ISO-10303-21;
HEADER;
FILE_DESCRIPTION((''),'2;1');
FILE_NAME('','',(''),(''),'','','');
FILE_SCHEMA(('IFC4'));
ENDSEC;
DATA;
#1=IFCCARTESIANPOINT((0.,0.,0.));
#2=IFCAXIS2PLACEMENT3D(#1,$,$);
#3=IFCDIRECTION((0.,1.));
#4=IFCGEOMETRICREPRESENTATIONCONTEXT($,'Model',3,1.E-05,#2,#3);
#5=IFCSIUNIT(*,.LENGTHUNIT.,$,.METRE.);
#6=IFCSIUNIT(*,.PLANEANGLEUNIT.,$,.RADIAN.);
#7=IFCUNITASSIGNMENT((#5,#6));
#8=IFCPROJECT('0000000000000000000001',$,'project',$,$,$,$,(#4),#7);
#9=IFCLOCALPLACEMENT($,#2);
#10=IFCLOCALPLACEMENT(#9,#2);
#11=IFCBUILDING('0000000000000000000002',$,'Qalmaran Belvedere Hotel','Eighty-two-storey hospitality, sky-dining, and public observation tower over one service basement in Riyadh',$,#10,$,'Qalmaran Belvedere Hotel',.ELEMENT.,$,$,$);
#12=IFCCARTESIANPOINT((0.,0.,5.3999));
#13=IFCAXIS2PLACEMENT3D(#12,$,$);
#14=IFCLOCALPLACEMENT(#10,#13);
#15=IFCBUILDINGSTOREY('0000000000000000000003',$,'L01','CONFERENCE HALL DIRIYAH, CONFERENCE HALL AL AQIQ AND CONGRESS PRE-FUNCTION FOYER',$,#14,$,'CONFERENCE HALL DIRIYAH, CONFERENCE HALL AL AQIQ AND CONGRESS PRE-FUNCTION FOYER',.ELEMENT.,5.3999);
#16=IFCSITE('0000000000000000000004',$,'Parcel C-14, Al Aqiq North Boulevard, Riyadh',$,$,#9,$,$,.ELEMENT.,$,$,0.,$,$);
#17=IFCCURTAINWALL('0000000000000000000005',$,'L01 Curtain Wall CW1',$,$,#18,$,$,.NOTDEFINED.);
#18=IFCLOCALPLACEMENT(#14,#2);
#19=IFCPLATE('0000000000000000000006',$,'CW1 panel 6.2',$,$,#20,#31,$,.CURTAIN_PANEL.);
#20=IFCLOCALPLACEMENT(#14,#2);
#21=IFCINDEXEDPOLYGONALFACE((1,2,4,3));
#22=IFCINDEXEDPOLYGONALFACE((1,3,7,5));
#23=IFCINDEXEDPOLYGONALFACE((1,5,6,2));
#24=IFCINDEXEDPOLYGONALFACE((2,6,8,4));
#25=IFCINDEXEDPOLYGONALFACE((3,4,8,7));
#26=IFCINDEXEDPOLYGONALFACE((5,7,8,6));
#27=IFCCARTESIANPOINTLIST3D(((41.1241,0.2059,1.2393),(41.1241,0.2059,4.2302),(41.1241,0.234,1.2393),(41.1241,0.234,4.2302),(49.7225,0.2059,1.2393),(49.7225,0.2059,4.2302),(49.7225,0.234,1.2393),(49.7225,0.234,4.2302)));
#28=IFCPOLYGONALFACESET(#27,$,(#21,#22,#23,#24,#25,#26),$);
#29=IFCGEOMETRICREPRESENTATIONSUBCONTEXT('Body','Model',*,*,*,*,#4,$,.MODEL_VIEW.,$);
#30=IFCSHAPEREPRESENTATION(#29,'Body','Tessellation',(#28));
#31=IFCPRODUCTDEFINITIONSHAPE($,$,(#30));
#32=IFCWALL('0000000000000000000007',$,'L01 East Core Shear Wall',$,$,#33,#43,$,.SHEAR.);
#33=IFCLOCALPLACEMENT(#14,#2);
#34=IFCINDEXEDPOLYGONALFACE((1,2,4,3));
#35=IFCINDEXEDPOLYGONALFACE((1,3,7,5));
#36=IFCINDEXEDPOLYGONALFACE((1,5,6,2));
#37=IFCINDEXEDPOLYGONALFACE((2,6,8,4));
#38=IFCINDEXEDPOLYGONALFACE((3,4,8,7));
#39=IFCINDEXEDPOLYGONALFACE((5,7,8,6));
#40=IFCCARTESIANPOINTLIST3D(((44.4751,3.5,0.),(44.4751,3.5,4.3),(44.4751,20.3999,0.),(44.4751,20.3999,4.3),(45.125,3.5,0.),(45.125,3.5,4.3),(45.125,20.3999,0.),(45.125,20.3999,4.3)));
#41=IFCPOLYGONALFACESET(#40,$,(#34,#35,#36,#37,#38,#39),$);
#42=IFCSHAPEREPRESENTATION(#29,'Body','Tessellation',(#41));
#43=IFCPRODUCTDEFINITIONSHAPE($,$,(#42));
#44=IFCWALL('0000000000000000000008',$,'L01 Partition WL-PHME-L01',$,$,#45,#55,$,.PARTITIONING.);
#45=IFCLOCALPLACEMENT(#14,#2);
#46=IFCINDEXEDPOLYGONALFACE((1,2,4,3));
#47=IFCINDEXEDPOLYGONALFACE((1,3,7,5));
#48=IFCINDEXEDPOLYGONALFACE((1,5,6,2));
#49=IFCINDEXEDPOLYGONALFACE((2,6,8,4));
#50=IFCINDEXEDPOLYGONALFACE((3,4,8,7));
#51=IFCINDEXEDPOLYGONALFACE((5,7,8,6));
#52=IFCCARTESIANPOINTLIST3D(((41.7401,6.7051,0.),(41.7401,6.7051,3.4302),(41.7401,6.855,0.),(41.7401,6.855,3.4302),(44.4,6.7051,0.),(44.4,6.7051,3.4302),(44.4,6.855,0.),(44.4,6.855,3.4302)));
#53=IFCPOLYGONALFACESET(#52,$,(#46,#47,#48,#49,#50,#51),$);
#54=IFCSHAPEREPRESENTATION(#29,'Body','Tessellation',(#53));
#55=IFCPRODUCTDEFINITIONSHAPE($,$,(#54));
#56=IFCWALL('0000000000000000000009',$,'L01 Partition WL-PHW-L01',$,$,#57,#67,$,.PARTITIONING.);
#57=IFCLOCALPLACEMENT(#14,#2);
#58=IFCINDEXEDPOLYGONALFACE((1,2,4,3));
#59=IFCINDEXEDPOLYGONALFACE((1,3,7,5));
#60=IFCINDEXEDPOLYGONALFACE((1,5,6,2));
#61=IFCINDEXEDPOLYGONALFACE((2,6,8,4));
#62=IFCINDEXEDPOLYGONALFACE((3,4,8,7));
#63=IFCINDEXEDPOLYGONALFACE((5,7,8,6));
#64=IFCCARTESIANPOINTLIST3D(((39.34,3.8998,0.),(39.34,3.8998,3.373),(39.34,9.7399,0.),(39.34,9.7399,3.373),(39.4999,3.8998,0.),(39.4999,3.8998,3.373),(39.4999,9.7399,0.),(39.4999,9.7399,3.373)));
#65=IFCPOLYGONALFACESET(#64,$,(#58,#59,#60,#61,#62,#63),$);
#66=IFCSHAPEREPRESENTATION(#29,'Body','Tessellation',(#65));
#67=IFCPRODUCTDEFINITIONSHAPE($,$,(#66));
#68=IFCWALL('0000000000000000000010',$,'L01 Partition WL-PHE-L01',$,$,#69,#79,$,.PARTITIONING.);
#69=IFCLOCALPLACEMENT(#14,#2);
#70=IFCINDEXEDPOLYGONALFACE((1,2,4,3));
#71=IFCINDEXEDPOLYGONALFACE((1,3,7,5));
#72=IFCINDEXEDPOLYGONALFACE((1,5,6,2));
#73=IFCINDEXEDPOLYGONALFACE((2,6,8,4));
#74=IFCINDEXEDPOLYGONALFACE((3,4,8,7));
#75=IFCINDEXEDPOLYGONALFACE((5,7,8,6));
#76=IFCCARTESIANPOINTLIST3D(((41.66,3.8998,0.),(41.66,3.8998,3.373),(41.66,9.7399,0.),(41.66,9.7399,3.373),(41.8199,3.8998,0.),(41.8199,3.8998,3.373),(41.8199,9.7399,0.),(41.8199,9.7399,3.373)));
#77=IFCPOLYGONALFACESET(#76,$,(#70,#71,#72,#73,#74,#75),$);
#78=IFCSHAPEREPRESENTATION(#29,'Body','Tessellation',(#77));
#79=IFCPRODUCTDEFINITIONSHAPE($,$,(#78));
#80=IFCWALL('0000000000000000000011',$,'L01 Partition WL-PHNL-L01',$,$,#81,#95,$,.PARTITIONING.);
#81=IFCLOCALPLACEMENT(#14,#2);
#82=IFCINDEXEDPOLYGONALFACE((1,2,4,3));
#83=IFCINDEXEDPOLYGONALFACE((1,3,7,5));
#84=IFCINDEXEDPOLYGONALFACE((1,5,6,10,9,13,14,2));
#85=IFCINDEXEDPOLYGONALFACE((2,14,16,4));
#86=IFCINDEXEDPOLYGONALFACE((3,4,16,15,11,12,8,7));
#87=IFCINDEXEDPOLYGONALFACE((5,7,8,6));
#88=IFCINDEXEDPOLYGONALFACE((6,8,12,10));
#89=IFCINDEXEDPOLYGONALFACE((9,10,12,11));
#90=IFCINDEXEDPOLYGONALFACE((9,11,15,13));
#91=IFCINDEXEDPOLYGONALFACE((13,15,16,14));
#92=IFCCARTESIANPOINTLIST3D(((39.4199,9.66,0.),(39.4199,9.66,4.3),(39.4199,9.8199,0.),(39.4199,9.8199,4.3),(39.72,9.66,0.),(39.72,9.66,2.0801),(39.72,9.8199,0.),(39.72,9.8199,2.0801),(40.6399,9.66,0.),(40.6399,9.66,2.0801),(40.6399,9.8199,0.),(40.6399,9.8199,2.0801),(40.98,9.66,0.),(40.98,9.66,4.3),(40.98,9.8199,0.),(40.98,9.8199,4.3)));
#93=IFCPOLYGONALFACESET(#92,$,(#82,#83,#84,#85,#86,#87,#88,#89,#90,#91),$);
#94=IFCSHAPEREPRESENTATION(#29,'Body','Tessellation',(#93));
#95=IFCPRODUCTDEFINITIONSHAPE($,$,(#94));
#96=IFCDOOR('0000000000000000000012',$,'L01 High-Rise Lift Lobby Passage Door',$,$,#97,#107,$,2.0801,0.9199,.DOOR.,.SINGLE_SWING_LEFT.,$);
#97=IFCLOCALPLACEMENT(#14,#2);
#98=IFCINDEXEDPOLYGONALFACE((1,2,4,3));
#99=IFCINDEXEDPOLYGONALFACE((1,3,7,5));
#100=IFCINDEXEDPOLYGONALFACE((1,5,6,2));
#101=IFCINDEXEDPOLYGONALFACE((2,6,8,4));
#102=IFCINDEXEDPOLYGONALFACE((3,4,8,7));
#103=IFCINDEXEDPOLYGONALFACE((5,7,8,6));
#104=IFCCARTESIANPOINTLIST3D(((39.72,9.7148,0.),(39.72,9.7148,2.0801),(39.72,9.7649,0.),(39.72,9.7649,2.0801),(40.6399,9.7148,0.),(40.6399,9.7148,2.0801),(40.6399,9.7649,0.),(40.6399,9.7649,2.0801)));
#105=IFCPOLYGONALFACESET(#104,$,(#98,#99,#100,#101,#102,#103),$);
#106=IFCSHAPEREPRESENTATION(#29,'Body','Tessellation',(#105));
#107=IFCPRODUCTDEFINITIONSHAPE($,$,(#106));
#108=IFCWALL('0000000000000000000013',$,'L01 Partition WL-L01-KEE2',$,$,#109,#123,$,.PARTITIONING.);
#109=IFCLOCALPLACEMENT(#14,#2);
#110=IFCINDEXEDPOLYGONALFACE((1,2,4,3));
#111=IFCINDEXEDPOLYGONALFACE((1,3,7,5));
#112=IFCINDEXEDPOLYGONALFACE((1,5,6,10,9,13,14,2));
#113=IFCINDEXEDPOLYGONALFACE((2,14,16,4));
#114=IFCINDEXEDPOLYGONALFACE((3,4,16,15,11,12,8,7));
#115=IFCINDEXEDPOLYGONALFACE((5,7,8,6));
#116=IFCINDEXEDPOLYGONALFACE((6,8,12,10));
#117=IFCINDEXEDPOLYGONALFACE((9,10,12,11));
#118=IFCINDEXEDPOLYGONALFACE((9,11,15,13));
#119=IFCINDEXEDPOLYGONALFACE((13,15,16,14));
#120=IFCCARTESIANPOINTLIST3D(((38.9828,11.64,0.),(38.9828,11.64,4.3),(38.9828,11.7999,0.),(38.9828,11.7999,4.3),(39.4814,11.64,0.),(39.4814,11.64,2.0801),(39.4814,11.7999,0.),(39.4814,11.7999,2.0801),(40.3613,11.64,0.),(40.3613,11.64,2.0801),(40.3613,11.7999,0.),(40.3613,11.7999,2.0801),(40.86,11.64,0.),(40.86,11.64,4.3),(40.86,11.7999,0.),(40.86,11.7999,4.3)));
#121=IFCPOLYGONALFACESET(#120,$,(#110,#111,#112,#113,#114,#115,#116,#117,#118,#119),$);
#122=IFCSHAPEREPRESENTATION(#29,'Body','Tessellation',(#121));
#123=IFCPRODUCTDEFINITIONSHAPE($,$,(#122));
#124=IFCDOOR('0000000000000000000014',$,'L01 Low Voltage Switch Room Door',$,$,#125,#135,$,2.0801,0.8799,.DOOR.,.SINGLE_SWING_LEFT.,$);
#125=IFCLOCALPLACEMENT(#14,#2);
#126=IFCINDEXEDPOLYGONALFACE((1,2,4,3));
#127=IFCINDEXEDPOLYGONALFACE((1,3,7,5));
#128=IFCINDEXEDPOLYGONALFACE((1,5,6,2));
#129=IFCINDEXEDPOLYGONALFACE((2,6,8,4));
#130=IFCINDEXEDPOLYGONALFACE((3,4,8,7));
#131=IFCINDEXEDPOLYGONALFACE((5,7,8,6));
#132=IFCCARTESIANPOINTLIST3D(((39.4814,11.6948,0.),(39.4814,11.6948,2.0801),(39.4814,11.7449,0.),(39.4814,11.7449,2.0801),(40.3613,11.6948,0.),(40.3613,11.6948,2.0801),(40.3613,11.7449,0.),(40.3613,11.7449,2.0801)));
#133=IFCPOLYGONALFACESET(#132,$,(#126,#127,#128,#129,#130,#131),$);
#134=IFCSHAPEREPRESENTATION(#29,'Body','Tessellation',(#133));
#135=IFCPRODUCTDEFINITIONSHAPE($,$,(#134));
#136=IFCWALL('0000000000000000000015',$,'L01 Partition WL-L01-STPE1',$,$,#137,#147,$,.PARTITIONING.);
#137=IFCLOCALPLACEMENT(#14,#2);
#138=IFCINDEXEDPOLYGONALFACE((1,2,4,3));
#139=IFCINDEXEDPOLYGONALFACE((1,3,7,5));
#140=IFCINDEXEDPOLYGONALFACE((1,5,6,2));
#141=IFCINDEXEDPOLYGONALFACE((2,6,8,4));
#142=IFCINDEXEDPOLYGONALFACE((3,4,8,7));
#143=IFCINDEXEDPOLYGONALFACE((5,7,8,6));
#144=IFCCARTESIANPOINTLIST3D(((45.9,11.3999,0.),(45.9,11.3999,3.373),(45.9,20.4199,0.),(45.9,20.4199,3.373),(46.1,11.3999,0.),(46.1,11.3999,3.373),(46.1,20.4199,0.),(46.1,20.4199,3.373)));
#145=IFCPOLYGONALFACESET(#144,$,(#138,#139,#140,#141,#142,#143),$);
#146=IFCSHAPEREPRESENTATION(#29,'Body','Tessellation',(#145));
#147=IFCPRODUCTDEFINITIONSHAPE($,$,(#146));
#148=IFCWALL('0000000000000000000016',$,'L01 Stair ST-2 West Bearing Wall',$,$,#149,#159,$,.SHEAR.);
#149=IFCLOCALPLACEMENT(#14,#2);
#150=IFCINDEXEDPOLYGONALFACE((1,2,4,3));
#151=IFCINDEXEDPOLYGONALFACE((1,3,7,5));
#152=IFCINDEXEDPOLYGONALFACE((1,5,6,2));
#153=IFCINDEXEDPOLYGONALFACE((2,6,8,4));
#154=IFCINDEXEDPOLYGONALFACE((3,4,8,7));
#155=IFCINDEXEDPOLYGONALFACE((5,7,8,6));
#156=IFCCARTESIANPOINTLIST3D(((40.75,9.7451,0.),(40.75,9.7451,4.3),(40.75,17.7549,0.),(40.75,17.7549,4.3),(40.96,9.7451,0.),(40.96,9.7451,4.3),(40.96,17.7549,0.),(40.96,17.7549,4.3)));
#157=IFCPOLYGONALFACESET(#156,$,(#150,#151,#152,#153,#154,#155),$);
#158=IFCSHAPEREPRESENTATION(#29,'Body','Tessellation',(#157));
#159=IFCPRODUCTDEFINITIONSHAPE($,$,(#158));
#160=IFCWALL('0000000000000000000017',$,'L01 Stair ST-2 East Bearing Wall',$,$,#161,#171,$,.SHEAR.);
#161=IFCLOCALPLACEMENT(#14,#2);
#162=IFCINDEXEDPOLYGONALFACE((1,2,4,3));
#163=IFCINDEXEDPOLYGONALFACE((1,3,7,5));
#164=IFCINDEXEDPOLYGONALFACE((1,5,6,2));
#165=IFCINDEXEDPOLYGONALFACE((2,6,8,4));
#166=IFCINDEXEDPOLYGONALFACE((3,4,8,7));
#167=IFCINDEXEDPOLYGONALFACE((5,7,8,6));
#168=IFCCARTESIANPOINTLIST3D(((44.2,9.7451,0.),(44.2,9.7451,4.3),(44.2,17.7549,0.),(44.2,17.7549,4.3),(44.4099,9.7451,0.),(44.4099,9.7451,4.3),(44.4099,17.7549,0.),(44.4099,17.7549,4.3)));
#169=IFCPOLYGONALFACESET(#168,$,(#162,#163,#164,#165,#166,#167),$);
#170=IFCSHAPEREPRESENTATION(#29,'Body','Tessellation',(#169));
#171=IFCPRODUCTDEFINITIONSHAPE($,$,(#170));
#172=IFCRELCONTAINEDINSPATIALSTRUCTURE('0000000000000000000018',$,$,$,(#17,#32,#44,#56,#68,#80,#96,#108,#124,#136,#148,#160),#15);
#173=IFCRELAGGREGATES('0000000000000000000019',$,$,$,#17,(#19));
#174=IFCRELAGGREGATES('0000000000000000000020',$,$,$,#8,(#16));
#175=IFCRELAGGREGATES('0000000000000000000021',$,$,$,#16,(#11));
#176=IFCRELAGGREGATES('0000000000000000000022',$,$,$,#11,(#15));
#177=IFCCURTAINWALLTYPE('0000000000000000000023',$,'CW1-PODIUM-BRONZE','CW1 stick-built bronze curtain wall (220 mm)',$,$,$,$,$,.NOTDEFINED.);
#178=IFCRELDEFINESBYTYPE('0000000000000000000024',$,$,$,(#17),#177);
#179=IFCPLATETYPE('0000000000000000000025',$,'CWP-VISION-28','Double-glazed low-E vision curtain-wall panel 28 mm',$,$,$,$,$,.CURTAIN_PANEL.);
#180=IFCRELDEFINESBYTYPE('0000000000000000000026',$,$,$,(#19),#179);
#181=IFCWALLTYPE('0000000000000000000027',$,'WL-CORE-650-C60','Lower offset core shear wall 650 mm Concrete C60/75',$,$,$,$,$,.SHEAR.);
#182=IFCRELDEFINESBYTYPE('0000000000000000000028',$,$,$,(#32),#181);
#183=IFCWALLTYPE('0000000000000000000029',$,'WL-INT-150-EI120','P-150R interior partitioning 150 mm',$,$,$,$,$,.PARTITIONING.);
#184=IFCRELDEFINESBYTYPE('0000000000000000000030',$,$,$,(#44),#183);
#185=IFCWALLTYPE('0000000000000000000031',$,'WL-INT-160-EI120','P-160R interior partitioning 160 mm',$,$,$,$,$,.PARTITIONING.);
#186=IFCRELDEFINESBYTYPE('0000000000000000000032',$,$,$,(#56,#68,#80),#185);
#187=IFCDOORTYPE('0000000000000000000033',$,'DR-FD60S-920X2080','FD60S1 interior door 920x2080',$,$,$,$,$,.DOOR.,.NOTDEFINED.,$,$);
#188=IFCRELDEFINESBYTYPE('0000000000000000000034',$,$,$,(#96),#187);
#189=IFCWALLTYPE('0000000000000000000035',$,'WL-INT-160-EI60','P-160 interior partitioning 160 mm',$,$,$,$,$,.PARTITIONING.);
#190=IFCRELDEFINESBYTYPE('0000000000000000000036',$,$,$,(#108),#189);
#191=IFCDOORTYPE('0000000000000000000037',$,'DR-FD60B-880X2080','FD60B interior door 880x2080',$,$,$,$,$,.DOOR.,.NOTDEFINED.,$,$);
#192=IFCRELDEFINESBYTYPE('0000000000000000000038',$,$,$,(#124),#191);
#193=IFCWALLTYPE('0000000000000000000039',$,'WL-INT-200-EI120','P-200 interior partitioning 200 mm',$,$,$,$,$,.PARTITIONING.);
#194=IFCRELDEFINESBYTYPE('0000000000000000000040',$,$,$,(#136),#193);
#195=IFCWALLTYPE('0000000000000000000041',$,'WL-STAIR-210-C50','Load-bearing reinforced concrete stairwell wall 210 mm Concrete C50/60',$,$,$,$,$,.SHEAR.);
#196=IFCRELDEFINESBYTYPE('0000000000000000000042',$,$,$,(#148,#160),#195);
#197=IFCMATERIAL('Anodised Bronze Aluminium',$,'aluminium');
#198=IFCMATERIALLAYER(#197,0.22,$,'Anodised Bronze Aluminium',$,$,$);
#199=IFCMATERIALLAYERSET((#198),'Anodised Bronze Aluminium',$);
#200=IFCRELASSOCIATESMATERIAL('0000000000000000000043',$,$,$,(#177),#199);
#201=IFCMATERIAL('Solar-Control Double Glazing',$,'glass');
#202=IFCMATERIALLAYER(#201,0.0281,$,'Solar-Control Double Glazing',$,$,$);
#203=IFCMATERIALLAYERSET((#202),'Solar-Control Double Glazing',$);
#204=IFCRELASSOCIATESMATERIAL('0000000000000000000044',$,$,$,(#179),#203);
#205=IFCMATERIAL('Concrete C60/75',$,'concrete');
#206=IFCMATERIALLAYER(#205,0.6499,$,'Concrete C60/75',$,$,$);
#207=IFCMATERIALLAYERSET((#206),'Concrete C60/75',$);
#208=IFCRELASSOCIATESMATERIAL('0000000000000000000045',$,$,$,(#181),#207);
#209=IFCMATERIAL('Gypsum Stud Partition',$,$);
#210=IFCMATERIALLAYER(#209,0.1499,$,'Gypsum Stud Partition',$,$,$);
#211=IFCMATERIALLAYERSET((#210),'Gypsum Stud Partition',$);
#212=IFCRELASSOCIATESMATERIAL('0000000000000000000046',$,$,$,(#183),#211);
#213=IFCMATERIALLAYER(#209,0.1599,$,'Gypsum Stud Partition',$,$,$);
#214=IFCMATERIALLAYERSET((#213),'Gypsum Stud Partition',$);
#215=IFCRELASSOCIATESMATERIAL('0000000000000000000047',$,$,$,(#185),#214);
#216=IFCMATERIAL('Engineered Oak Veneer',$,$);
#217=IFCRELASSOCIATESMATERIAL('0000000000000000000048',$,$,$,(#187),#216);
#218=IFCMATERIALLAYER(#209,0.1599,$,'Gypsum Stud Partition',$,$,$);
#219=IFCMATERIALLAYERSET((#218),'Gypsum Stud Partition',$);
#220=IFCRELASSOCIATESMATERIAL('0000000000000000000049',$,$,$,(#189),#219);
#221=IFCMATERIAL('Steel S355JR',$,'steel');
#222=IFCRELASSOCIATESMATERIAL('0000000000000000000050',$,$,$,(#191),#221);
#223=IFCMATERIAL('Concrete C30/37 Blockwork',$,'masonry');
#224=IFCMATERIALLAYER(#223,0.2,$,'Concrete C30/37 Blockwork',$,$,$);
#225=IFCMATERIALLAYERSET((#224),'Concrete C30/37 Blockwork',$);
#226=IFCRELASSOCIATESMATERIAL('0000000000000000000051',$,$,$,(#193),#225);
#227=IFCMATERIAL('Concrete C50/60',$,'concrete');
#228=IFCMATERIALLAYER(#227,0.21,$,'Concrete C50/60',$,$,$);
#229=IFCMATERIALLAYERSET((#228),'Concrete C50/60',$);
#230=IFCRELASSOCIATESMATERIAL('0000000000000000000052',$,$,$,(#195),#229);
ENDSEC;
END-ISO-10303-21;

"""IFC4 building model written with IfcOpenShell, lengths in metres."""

from ifc_helpers import new_model, si_unit, direction, frame, frame_2d, origin, origin_2d, place, context, subcontext, project, spatial, rectangle, extrude, material, layer, layer_set, type_object, element, fill, aggregate, save


model = new_model("IFC4")

# Units and contexts
model_context = context("Model", 3, precision=1e-05, world=origin(), true_north=direction((0.0, 1.0)))
body_context = subcontext(model_context, "Body", "Model", "MODEL_VIEW")
ifc_project = project(units=[si_unit("LENGTHUNIT", "METRE"), si_unit("PLANEANGLEUNIT", "RADIAN")], contexts=[model_context])

# Site, building, storey
site_placement = place(None, origin())
site = spatial("IfcSite", under=ifc_project, at=site_placement, Name="Parcel C-14, Al Aqiq North Boulevard, Riyadh", CompositionType="ELEMENT", RefElevation=0.0)
building_placement = place(site_placement, origin())
building = spatial("IfcBuilding", under=site, at=building_placement, Name="Qalmaran Belvedere Hotel", Description="Eighty-two-storey hospitality, sky-dining, and public observation tower over one service basement in Riyadh", LongName="Qalmaran Belvedere Hotel", CompositionType="ELEMENT")
storey_placement = place(building_placement, frame((0.0, 0.0, 5.3999)))
storey = spatial("IfcBuildingStorey", under=building, at=storey_placement, Name="L01", Description="CONFERENCE HALL DIRIYAH, CONFERENCE HALL AL AQIQ AND CONGRESS PRE-FUNCTION FOYER", LongName="CONFERENCE HALL DIRIYAH, CONFERENCE HALL AL AQIQ AND CONGRESS PRE-FUNCTION FOYER", CompositionType="ELEMENT", Elevation=5.3999)

# Shared definitions
ifc_material_1 = material(Name="Concrete C60/75", Category="concrete")

# Shared definitions
ifc_material_2 = material(Name="Steel S355JR", Category="steel")

# Curtain wall, plate
ifc_material_3 = material(Name="Anodised Bronze Aluminium", Category="aluminium")
ifc_layer_1 = layer(ifc_material_3, 0.22, Name="Anodised Bronze Aluminium")
ifc_layer_set_1 = layer_set([ifc_layer_1], Name="Anodised Bronze Aluminium")
curtain_wall_type = type_object("IfcCurtainWallType", Name="CW1-PODIUM-BRONZE", Description="CW1 stick-built bronze curtain wall (220 mm)", PredefinedType="NOTDEFINED", material=ifc_layer_set_1)
curtain_wall_placement = place(storey_placement, origin())
curtain_wall = element("IfcCurtainWall", 1, at=curtain_wall_placement, inside=storey, type_object=curtain_wall_type, Name="L01 Curtain Wall CW1", PredefinedType="NOTDEFINED")
ifc_material_4 = material(Name="Solar-Control Double Glazing", Category="glass")
ifc_layer_2 = layer(ifc_material_4, 0.0281, Name="Solar-Control Double Glazing")
ifc_layer_set_2 = layer_set([ifc_layer_2], Name="Solar-Control Double Glazing")
plate_type_1 = type_object("IfcPlateType", Name="CWP-VISION-28", Description="Double-glazed low-E vision curtain-wall panel 28 mm", PredefinedType="CURTAIN_PANEL", material=ifc_layer_set_2)
plate_1_placement = place(storey_placement, frame((45.4233, 0.22, 1.2393), z_axis=(0.0, 0.0, 1.0), x_axis=(1.0, 0.0, 0.0)))
plate_1 = element("IfcPlate", 2, at=plate_1_placement, type_object=plate_type_1, Name="CW1 panel 6.2", PredefinedType="CURTAIN_PANEL", context=body_context, shape_type="SweptSolid", body=[
    extrude(rectangle(XDim=8.5984, YDim=0.0281, at=origin_2d()), origin(), (0.0, 0.0, 1.0), 2.991),
])
aggregate(curtain_wall, [plate_1])

# Walls
ifc_layer_3 = layer(ifc_material_1, 0.6499, Name="Concrete C60/75")
ifc_layer_set_3 = layer_set([ifc_layer_3], Name="Concrete C60/75")
wall_type_1 = type_object("IfcWallType", Name="WL-CORE-650-C60", Description="Lower offset core shear wall 650 mm Concrete C60/75", PredefinedType="SHEAR", material=ifc_layer_set_3)
wall_1_placement = place(storey_placement, frame((44.8, 3.5, 0.0), z_axis=(0.0, 0.0, 1.0), x_axis=(0.0, 1.0, 0.0)))
element("IfcWall", 3, at=wall_1_placement, inside=storey, type_object=wall_type_1, Name="L01 East Core Shear Wall", PredefinedType="SHEAR", context=body_context, shape_type="SweptSolid", body=[
    extrude(rectangle(XDim=16.8999, YDim=0.6499, at=frame_2d((8.45, 0.0))), origin(), (0.0, 0.0, 1.0), 4.3),
])
ifc_material_5 = material(Name="Gypsum Stud Partition")
ifc_layer_4 = layer(ifc_material_5, 0.1499, Name="Gypsum Stud Partition")
ifc_layer_set_4 = layer_set([ifc_layer_4], Name="Gypsum Stud Partition")
wall_type_2 = type_object("IfcWallType", Name="WL-INT-150-EI120", Description="P-150R interior partitioning 150 mm", PredefinedType="PARTITIONING", material=ifc_layer_set_4)
wall_2_placement = place(storey_placement, frame((41.74, 6.78, 0.0), z_axis=(0.0, 0.0, 1.0), x_axis=(1.0, 0.0, 0.0)))
element("IfcWall", 4, at=wall_2_placement, inside=storey, type_object=wall_type_2, Name="L01 Partition WL-PHME-L01", PredefinedType="PARTITIONING", context=body_context, shape_type="SweptSolid", body=[
    extrude(rectangle(XDim=2.6599, YDim=0.1499, at=frame_2d((1.3301, 0.0))), origin(), (0.0, 0.0, 1.0), 3.4302),
])
ifc_layer_5 = layer(ifc_material_5, 0.1599, Name="Gypsum Stud Partition")
ifc_layer_set_5 = layer_set([ifc_layer_5], Name="Gypsum Stud Partition")
wall_type_3 = type_object("IfcWallType", Name="WL-INT-160-EI120", Description="P-160R interior partitioning 160 mm", PredefinedType="PARTITIONING", material=ifc_layer_set_5)
for number, where, z_axis, x_axis, name in (
    (5, (39.4199, 3.8999, 0.0), (0.0, 0.0, 1.0), (0.0, 1.0, 0.0), "L01 Partition WL-PHW-L01"),
    (6, (41.74, 3.8999, 0.0), (0.0, 0.0, 1.0), (0.0, 1.0, 0.0), "L01 Partition WL-PHE-L01"),
):
    element("IfcWall", number, at=place(storey_placement, frame(where, z_axis=z_axis, x_axis=x_axis)), inside=storey, type_object=wall_type_3, Name=name, PredefinedType="PARTITIONING", context=body_context, shape_type="SweptSolid", body=[
        extrude(rectangle(XDim=5.8401, YDim=0.1599, at=frame_2d((2.9199, 0.0))), origin(), (0.0, 0.0, 1.0), 3.373),
    ])

# Walls, openings, doors
wall_3_placement = place(storey_placement, frame((39.4199, 9.74, 0.0), z_axis=(0.0, 0.0, 1.0), x_axis=(1.0, 0.0, 0.0)))
wall_3 = element("IfcWall", 7, at=wall_3_placement, inside=storey, type_object=wall_type_3, Name="L01 Partition WL-PHNL-L01", PredefinedType="PARTITIONING", context=body_context, shape_type="SweptSolid", body=[
    extrude(rectangle(XDim=1.5601, YDim=0.1599, at=frame_2d((0.78, 0.0))), origin(), (0.0, 0.0, 1.0), 4.3),
])
opening_1_placement = place(wall_3_placement, frame((0.3, 0.0, 0.0)))
opening_1 = element("IfcOpeningElement", 8, at=opening_1_placement, cuts=wall_3, PredefinedType="OPENING", context=body_context, shape_type="SweptSolid", body=[
    extrude(rectangle(XDim=0.9199, YDim=2.0801, at=frame_2d((0.46, 1.04))), frame((0.0, 0.0898, 0.0), z_axis=(0.0, -1.0, 0.0), x_axis=(1.0, 0.0, 0.0)), (0.0, 0.0, 1.0), 0.1799),
])
ifc_material_6 = material(Name="Engineered Oak Veneer")
door_type_1 = type_object("IfcDoorType", Name="DR-FD60S-920X2080", Description="FD60S1 interior door 920x2080", OperationType="NOTDEFINED", PredefinedType="DOOR", material=ifc_material_6)
door_1_placement = place(opening_1_placement, origin())
door_1 = element("IfcDoor", 9, at=door_1_placement, inside=storey, type_object=door_type_1, Name="L01 High-Rise Lift Lobby Passage Door", OperationType="SINGLE_SWING_LEFT", OverallHeight=2.0801, OverallWidth=0.9199, PredefinedType="DOOR", context=body_context, shape_type="SweptSolid", body=[
    extrude(rectangle(XDim=0.9199, YDim=2.0801, at=frame_2d((0.46, 1.04))), frame((0.0, 0.0249, 0.0), z_axis=(0.0, -1.0, 0.0), x_axis=(1.0, 0.0, 0.0)), (0.0, 0.0, 1.0), 0.05),
])
fill(opening_1, door_1)
ifc_layer_6 = layer(ifc_material_5, 0.1599, Name="Gypsum Stud Partition")
ifc_layer_set_6 = layer_set([ifc_layer_6], Name="Gypsum Stud Partition")
wall_type_4 = type_object("IfcWallType", Name="WL-INT-160-EI60", Description="P-160 interior partitioning 160 mm", PredefinedType="PARTITIONING", material=ifc_layer_set_6)
wall_4_placement = place(storey_placement, frame((38.9829, 11.72, 0.0), z_axis=(0.0, 0.0, 1.0), x_axis=(1.0, 0.0, 0.0)))
wall_4 = element("IfcWall", 10, at=wall_4_placement, inside=storey, type_object=wall_type_4, Name="L01 Partition WL-L01-KEE2", PredefinedType="PARTITIONING", context=body_context, shape_type="SweptSolid", body=[
    extrude(rectangle(XDim=1.8772, YDim=0.1599, at=frame_2d((0.9385, 0.0))), origin(), (0.0, 0.0, 1.0), 4.3),
])
opening_2_placement = place(wall_4_placement, frame((0.4985, 0.0, 0.0)))
opening_2 = element("IfcOpeningElement", 11, at=opening_2_placement, cuts=wall_4, PredefinedType="OPENING", context=body_context, shape_type="SweptSolid", body=[
    extrude(rectangle(XDim=0.8799, YDim=2.0801, at=frame_2d((0.4399, 1.04))), frame((0.0, 0.0898, 0.0), z_axis=(0.0, -1.0, 0.0), x_axis=(1.0, 0.0, 0.0)), (0.0, 0.0, 1.0), 0.1799),
])
door_type_2 = type_object("IfcDoorType", Name="DR-FD60B-880X2080", Description="FD60B interior door 880x2080", OperationType="NOTDEFINED", PredefinedType="DOOR", material=ifc_material_2)
door_2_placement = place(opening_2_placement, origin())
door_2 = element("IfcDoor", 12, at=door_2_placement, inside=storey, type_object=door_type_2, Name="L01 Low Voltage Switch Room Door", OperationType="SINGLE_SWING_LEFT", OverallHeight=2.0801, OverallWidth=0.8799, PredefinedType="DOOR", context=body_context, shape_type="SweptSolid", body=[
    extrude(rectangle(XDim=0.8799, YDim=2.0801, at=frame_2d((0.4399, 1.04))), frame((0.0, 0.0249, 0.0), z_axis=(0.0, -1.0, 0.0), x_axis=(1.0, 0.0, 0.0)), (0.0, 0.0, 1.0), 0.05),
])
fill(opening_2, door_2)

# Walls
ifc_material_7 = material(Name="Concrete C30/37 Blockwork", Category="masonry")
ifc_layer_7 = layer(ifc_material_7, 0.2, Name="Concrete C30/37 Blockwork")
ifc_layer_set_7 = layer_set([ifc_layer_7], Name="Concrete C30/37 Blockwork")
wall_type_5 = type_object("IfcWallType", Name="WL-INT-200-EI120", Description="P-200 interior partitioning 200 mm", PredefinedType="PARTITIONING", material=ifc_layer_set_7)
wall_5_placement = place(storey_placement, frame((46.0, 11.3999, 0.0), z_axis=(0.0, 0.0, 1.0), x_axis=(0.0, 1.0, 0.0)))
element("IfcWall", 13, at=wall_5_placement, inside=storey, type_object=wall_type_5, Name="L01 Partition WL-L01-STPE1", PredefinedType="PARTITIONING", context=body_context, shape_type="SweptSolid", body=[
    extrude(rectangle(XDim=9.02, YDim=0.2, at=frame_2d((4.51, 0.0))), origin(), (0.0, 0.0, 1.0), 3.373),
])
ifc_material_8 = material(Name="Concrete C50/60", Category="concrete")
ifc_layer_8 = layer(ifc_material_8, 0.21, Name="Concrete C50/60")
ifc_layer_set_8 = layer_set([ifc_layer_8], Name="Concrete C50/60")
wall_type_6 = type_object("IfcWallType", Name="WL-STAIR-210-C50", Description="Load-bearing reinforced concrete stairwell wall 210 mm Concrete C50/60", PredefinedType="SHEAR", material=ifc_layer_set_8)
for number, where, z_axis, x_axis, name in (
    (14, (40.855, 9.7451, 0.0), (0.0, 0.0, 1.0), (0.0, 1.0, 0.0), "L01 Stair ST-2 West Bearing Wall"),
    (15, (44.3049, 9.7451, 0.0), (0.0, 0.0, 1.0), (0.0, 1.0, 0.0), "L01 Stair ST-2 East Bearing Wall"),
):
    element("IfcWall", number, at=place(storey_placement, frame(where, z_axis=z_axis, x_axis=x_axis)), inside=storey, type_object=wall_type_6, Name=name, PredefinedType="SHEAR", context=body_context, shape_type="SweptSolid", body=[
        extrude(rectangle(XDim=8.0098, YDim=0.21, at=frame_2d((4.0049, 0.0))), origin(), (0.0, 0.0, 1.0), 4.3),
    ])

save(model, "model.ifc")
